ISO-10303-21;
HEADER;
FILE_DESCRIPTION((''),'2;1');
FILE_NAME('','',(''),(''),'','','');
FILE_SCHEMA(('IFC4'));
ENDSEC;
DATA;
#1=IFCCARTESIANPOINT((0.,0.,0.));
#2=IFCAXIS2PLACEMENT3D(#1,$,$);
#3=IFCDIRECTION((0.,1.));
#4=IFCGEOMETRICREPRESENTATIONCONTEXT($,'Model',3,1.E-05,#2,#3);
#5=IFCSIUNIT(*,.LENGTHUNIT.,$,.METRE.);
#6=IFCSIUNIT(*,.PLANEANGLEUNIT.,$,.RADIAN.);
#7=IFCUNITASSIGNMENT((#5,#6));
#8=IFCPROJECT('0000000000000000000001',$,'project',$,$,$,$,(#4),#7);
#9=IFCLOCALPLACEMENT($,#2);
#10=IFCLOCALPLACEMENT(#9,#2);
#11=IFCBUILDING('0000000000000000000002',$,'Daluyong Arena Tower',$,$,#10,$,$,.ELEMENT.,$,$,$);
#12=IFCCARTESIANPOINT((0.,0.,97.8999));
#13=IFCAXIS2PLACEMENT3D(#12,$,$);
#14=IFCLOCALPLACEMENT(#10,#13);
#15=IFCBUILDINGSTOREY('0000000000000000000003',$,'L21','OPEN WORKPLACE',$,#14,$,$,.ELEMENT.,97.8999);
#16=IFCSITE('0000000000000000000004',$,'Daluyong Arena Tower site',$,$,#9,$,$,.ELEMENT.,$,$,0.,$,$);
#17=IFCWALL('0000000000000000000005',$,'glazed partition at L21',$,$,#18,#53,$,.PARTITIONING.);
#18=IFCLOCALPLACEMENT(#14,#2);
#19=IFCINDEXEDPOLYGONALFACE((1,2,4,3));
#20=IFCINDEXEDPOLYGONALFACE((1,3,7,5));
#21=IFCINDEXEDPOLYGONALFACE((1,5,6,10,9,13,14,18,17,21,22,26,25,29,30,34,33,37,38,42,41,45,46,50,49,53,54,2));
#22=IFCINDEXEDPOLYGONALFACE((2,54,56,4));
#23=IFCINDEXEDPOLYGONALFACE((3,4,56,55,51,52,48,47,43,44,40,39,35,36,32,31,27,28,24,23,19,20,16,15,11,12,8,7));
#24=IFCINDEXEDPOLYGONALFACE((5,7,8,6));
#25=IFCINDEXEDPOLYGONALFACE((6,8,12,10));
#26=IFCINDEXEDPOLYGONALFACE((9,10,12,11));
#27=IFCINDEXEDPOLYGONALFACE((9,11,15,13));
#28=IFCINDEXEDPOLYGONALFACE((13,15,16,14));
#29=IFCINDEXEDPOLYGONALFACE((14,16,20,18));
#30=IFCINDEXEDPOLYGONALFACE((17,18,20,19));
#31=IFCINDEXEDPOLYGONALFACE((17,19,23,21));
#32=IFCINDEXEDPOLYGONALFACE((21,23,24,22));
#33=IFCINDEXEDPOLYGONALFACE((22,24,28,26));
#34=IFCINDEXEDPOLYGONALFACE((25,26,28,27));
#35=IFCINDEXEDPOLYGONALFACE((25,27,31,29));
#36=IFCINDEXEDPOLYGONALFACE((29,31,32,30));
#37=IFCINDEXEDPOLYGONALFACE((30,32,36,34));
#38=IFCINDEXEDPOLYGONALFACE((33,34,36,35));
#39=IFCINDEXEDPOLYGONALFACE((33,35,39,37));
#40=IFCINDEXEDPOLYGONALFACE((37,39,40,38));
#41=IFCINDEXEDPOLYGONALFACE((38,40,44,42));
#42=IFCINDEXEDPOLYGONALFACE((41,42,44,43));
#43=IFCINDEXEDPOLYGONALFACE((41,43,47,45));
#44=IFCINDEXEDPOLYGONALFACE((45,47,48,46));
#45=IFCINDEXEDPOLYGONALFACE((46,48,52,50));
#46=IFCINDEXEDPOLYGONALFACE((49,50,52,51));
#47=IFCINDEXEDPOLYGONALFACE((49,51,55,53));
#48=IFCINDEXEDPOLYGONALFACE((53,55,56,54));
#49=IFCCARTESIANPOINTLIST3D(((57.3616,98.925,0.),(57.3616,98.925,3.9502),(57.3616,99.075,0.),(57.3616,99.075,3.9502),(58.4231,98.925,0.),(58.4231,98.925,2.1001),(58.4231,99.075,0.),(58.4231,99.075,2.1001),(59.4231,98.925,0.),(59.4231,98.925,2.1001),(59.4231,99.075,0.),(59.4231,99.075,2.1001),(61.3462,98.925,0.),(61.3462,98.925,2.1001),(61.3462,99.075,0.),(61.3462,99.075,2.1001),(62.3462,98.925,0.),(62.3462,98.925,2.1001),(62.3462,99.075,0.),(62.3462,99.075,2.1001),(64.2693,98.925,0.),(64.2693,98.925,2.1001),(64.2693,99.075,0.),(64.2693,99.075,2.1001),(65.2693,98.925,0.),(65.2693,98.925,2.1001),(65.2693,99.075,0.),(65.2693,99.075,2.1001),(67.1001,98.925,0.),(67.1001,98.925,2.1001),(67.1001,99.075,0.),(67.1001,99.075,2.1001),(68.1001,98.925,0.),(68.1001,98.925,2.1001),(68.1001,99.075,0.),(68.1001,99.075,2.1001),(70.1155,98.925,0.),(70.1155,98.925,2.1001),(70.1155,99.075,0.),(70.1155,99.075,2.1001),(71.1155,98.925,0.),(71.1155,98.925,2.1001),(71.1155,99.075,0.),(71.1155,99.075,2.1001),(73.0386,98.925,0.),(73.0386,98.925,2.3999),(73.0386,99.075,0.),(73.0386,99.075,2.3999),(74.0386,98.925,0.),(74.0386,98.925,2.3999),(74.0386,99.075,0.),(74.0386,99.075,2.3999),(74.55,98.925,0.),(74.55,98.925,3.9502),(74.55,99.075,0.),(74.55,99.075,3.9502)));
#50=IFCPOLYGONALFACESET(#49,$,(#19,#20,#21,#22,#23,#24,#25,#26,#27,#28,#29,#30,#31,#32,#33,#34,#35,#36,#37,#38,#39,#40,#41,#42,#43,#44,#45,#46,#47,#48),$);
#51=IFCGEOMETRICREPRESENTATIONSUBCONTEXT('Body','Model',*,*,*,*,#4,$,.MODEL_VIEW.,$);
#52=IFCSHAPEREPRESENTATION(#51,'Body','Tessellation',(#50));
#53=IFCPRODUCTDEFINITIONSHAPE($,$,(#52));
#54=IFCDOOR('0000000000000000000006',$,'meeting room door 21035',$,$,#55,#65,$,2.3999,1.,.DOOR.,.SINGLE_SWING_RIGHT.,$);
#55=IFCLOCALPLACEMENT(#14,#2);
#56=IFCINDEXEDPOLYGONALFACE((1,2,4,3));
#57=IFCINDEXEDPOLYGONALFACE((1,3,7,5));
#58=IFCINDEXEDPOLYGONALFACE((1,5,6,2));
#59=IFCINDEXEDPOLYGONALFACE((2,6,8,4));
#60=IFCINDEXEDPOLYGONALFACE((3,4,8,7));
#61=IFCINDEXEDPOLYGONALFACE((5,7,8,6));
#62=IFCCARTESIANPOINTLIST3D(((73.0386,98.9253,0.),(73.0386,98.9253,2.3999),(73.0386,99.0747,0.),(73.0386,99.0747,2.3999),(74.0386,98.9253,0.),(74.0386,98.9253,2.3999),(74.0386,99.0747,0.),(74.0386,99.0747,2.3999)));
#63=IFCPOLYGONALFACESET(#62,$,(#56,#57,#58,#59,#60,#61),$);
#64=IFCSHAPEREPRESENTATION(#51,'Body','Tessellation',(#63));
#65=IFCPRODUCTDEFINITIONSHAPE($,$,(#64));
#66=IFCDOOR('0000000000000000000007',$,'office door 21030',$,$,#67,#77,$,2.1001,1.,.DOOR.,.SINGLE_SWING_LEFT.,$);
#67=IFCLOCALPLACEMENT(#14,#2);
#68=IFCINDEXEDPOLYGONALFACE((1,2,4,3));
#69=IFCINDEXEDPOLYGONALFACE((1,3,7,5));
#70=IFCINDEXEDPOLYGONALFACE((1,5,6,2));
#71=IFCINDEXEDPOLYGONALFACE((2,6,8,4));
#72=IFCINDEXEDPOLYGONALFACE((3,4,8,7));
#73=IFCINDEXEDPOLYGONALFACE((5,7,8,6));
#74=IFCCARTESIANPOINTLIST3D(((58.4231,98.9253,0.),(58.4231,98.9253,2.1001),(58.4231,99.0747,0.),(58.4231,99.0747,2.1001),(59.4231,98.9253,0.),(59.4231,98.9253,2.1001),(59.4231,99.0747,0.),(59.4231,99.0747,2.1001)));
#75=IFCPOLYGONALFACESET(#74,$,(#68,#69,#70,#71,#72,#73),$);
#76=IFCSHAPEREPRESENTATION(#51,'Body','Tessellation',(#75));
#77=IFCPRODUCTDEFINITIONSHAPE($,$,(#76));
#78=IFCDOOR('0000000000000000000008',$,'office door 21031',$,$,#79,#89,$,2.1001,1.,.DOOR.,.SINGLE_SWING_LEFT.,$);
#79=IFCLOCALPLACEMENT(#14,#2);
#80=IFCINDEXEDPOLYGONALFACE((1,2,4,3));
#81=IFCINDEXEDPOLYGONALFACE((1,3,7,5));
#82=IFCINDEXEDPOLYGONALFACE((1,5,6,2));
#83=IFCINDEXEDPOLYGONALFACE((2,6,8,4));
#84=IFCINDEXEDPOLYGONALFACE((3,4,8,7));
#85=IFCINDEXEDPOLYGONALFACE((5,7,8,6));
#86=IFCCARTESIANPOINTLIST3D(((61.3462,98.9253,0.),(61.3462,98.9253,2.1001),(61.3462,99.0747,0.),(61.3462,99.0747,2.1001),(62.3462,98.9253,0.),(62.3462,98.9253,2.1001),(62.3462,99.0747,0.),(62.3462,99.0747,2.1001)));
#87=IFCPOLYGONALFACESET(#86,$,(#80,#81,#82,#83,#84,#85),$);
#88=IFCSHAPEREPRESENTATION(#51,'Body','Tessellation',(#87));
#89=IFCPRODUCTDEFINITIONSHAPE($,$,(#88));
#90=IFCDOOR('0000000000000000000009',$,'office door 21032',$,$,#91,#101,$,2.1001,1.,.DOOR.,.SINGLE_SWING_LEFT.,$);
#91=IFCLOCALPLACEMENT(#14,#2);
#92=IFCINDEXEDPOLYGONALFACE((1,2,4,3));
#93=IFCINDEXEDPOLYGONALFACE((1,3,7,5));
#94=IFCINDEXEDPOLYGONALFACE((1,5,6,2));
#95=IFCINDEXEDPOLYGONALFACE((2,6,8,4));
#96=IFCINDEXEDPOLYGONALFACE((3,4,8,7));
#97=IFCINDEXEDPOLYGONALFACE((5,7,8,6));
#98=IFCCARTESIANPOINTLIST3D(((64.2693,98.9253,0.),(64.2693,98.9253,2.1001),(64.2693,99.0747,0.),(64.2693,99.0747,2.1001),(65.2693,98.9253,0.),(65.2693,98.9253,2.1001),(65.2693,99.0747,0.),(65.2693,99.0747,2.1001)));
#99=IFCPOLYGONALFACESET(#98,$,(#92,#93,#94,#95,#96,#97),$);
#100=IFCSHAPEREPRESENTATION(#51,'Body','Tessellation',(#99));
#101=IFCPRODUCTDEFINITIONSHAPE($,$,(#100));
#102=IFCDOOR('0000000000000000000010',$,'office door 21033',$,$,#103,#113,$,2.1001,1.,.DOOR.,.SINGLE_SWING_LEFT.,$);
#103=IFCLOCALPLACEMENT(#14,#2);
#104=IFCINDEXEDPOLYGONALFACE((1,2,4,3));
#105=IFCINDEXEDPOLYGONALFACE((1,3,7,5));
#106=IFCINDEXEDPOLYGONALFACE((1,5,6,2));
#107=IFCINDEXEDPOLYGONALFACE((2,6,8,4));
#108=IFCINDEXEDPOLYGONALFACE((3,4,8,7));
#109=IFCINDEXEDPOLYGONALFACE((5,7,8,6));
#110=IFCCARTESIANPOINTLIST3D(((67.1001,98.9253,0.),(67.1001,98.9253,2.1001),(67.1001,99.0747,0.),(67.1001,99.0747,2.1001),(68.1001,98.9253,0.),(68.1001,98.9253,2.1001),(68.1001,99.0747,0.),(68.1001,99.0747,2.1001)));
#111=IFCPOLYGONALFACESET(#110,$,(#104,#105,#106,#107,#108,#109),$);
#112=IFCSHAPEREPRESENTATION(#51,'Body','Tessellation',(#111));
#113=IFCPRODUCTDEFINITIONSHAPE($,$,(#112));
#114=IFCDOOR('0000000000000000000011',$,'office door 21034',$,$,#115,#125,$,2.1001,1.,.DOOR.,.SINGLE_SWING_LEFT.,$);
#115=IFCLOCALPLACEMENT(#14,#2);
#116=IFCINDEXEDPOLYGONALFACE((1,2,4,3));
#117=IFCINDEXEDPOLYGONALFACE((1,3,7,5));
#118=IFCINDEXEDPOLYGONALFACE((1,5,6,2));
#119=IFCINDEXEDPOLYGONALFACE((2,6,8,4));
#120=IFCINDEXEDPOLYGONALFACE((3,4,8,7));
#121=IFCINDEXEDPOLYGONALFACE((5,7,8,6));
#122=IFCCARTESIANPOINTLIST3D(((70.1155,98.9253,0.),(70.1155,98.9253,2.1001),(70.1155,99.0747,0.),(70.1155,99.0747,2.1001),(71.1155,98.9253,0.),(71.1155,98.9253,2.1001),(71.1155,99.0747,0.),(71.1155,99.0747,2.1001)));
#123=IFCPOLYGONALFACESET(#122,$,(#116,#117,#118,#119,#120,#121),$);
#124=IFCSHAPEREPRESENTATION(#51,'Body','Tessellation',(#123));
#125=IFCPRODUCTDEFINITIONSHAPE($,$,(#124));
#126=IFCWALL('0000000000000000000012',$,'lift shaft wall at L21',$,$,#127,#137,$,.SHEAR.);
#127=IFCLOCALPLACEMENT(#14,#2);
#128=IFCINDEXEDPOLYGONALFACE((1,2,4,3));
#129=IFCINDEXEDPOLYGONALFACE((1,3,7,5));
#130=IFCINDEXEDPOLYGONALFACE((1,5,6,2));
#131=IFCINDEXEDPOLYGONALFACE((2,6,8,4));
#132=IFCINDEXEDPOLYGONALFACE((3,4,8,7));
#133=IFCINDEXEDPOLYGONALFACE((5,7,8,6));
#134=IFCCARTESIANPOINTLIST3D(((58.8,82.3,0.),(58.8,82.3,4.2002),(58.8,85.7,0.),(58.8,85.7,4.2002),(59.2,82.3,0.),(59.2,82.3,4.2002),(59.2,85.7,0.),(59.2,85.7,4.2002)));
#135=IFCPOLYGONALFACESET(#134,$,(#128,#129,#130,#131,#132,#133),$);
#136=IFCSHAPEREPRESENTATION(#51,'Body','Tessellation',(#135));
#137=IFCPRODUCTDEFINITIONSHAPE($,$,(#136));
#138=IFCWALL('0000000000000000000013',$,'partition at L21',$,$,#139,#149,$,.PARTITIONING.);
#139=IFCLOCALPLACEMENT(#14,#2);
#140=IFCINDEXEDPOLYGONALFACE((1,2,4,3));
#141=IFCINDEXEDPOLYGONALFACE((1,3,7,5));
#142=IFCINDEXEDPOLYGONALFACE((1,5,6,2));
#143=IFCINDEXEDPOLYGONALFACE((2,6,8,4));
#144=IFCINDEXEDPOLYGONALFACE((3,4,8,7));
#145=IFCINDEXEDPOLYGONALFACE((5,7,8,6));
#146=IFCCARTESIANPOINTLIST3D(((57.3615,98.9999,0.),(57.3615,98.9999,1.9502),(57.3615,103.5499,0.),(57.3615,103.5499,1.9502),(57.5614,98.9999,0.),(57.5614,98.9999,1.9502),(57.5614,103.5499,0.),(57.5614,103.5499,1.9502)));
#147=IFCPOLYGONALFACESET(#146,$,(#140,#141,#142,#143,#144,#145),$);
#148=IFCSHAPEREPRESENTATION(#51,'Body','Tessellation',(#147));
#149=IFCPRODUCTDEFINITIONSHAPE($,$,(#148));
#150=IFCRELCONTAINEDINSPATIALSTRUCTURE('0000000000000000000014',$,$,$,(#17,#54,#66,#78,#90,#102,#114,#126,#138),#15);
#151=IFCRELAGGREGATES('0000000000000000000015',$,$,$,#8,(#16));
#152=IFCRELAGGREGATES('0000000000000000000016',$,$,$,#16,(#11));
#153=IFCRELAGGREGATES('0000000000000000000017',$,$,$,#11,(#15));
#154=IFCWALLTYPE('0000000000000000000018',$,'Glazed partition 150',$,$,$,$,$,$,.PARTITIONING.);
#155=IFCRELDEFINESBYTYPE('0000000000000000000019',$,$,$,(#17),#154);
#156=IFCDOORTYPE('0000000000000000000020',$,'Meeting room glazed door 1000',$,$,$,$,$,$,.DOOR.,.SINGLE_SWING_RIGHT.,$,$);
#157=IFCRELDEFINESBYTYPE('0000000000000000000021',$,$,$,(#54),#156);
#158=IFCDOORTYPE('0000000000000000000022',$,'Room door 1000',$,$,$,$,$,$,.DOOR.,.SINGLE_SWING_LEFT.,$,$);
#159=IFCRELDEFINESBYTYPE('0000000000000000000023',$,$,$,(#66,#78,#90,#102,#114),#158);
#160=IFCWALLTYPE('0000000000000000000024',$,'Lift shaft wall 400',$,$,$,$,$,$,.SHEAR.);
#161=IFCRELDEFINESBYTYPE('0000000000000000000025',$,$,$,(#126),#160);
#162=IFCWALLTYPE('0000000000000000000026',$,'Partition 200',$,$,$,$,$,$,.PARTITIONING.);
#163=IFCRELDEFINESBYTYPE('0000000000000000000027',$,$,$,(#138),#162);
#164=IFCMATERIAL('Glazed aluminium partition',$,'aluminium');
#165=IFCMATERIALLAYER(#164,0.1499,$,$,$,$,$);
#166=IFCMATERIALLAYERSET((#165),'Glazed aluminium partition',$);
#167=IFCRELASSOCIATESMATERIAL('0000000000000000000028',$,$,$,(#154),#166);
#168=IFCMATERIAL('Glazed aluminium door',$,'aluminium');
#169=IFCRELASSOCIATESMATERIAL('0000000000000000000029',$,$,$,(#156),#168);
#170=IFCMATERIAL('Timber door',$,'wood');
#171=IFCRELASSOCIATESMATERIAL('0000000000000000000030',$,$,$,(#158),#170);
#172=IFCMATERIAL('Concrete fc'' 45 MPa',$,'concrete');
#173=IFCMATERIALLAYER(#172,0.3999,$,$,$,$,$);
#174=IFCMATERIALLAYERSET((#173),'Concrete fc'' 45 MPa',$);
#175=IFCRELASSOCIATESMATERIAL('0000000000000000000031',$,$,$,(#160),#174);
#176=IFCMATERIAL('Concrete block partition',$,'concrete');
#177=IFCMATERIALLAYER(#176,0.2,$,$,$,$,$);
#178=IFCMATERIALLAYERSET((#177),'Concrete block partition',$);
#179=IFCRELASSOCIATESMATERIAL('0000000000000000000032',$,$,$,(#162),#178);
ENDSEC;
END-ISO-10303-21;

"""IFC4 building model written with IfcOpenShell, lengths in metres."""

from ifc_helpers import new_model, si_unit, direction, frame, frame_2d, origin, place, context, subcontext, project, spatial, rectangle, extrude, material, layer, layer_set, type_object, element, fill, save


model = new_model("IFC4")

# Units and contexts
model_context = context("Model", 3, precision=1e-05, world=origin(), true_north=direction((0.0, 1.0)))
body_context = subcontext(model_context, "Body", "Model", "MODEL_VIEW")
ifc_project = project(units=[si_unit("LENGTHUNIT", "METRE"), si_unit("PLANEANGLEUNIT", "RADIAN")], contexts=[model_context])

# Site, building, storey
site_placement = place(None, origin())
site = spatial("IfcSite", under=ifc_project, at=site_placement, Name="Daluyong Arena Tower site", CompositionType="ELEMENT", RefElevation=0.0)
building_placement = place(site_placement, origin())
building = spatial("IfcBuilding", under=site, at=building_placement, Name="Daluyong Arena Tower", CompositionType="ELEMENT")
storey_placement = place(building_placement, frame((0.0, 0.0, 97.8999)))
storey = spatial("IfcBuildingStorey", under=building, at=storey_placement, Name="L21", Description="OPEN WORKPLACE", CompositionType="ELEMENT", Elevation=97.8999)

# Wall, openings, doors
ifc_material_1 = material(Name="Glazed aluminium partition", Category="aluminium")
ifc_layer_1 = layer(ifc_material_1, 0.1499)
ifc_layer_set_1 = layer_set([ifc_layer_1], Name="Glazed aluminium partition")
wall_type_1 = type_object("IfcWallType", Name="Glazed partition 150", PredefinedType="PARTITIONING", material=ifc_layer_set_1)
wall_1_placement = place(storey_placement, frame((57.3616, 99.0, 0.0), z_axis=(0.0, 0.0, 1.0), x_axis=(1.0, 0.0, 0.0)))
wall_1 = element("IfcWall", 1, at=wall_1_placement, inside=storey, type_object=wall_type_1, Name="glazed partition at L21", PredefinedType="PARTITIONING", context=body_context, shape_type="SweptSolid", body=[
    extrude(rectangle(XDim=17.1885, YDim=0.1499, at=frame_2d((8.5942, 0.0))), origin(), (0.0, 0.0, 1.0), 3.9502),
])
opening_1_placement = place(wall_1_placement, frame((1.0615, 0.0, 0.0)))
opening_1 = element("IfcOpeningElement", 2, at=opening_1_placement, cuts=wall_1, PredefinedType="OPENING", context=body_context, shape_type="SweptSolid", body=[
    extrude(rectangle(XDim=1.0, YDim=2.1001, at=frame_2d((0.5, 1.05))), frame((0.0, 0.085, 0.0), z_axis=(0.0, -1.0, 0.0), x_axis=(1.0, 0.0, 0.0)), (0.0, 0.0, 1.0), 0.1699),
])
opening_2_placement = place(wall_1_placement, frame((3.9846, 0.0, 0.0)))
opening_2 = element("IfcOpeningElement", 3, at=opening_2_placement, cuts=wall_1, PredefinedType="OPENING", context=body_context, shape_type="SweptSolid", body=[
    extrude(rectangle(XDim=1.0, YDim=2.1001, at=frame_2d((0.5, 1.05))), frame((0.0, 0.085, 0.0), z_axis=(0.0, -1.0, 0.0), x_axis=(1.0, 0.0, 0.0)), (0.0, 0.0, 1.0), 0.1699),
])
opening_3_placement = place(wall_1_placement, frame((6.9077, 0.0, 0.0)))
opening_3 = element("IfcOpeningElement", 4, at=opening_3_placement, cuts=wall_1, PredefinedType="OPENING", context=body_context, shape_type="SweptSolid", body=[
    extrude(rectangle(XDim=1.0, YDim=2.1001, at=frame_2d((0.5, 1.05))), frame((0.0, 0.085, 0.0), z_axis=(0.0, -1.0, 0.0), x_axis=(1.0, 0.0, 0.0)), (0.0, 0.0, 1.0), 0.1699),
])
opening_4_placement = place(wall_1_placement, frame((9.7385, 0.0, 0.0)))
opening_4 = element("IfcOpeningElement", 5, at=opening_4_placement, cuts=wall_1, PredefinedType="OPENING", context=body_context, shape_type="SweptSolid", body=[
    extrude(rectangle(XDim=1.0, YDim=2.1001, at=frame_2d((0.5, 1.05))), frame((0.0, 0.085, 0.0), z_axis=(0.0, -1.0, 0.0), x_axis=(1.0, 0.0, 0.0)), (0.0, 0.0, 1.0), 0.1699),
])
opening_5_placement = place(wall_1_placement, frame((12.7539, 0.0, 0.0)))
opening_5 = element("IfcOpeningElement", 6, at=opening_5_placement, cuts=wall_1, PredefinedType="OPENING", context=body_context, shape_type="SweptSolid", body=[
    extrude(rectangle(XDim=1.0, YDim=2.1001, at=frame_2d((0.5, 1.05))), frame((0.0, 0.085, 0.0), z_axis=(0.0, -1.0, 0.0), x_axis=(1.0, 0.0, 0.0)), (0.0, 0.0, 1.0), 0.1699),
])
opening_6_placement = place(wall_1_placement, frame((15.677, 0.0, 0.0)))
opening_6 = element("IfcOpeningElement", 7, at=opening_6_placement, cuts=wall_1, PredefinedType="OPENING", context=body_context, shape_type="SweptSolid", body=[
    extrude(rectangle(XDim=1.0, YDim=2.3999, at=frame_2d((0.5, 1.2))), frame((0.0, 0.085, 0.0), z_axis=(0.0, -1.0, 0.0), x_axis=(1.0, 0.0, 0.0)), (0.0, 0.0, 1.0), 0.1699),
])
ifc_material_2 = material(Name="Glazed aluminium door", Category="aluminium")
door_type_1 = type_object("IfcDoorType", Name="Meeting room glazed door 1000", OperationType="SINGLE_SWING_RIGHT", PredefinedType="DOOR", material=ifc_material_2)
door_1_placement = place(opening_6_placement, origin())
door_1 = element("IfcDoor", 8, at=door_1_placement, inside=storey, type_object=door_type_1, Name="meeting room door 21035", OperationType="SINGLE_SWING_RIGHT", OverallHeight=2.3999, OverallWidth=1.0, PredefinedType="DOOR", context=body_context, shape_type="SweptSolid", body=[
    extrude(rectangle(XDim=1.0, YDim=2.3999, at=frame_2d((0.5, 1.2))), frame((0.0, 0.0747, 0.0), z_axis=(0.0, -1.0, 0.0), x_axis=(1.0, 0.0, 0.0)), (0.0, 0.0, 1.0), 0.1494),
])
fill(opening_6, door_1)
ifc_material_3 = material(Name="Timber door", Category="wood")
door_type_2 = type_object("IfcDoorType", Name="Room door 1000", OperationType="SINGLE_SWING_LEFT", PredefinedType="DOOR", material=ifc_material_3)
door_2_placement = place(opening_1_placement, origin())
door_2 = element("IfcDoor", 9, at=door_2_placement, inside=storey, type_object=door_type_2, Name="office door 21030", OperationType="SINGLE_SWING_LEFT", OverallHeight=2.1001, OverallWidth=1.0, PredefinedType="DOOR", context=body_context, shape_type="SweptSolid", body=[
    extrude(rectangle(XDim=1.0, YDim=2.1001, at=frame_2d((0.5, 1.05))), frame((0.0, 0.0747, 0.0), z_axis=(0.0, -1.0, 0.0), x_axis=(1.0, 0.0, 0.0)), (0.0, 0.0, 1.0), 0.1494),
])
fill(opening_1, door_2)
door_3_placement = place(opening_2_placement, origin())
door_3 = element("IfcDoor", 10, at=door_3_placement, inside=storey, type_object=door_type_2, Name="office door 21031", OperationType="SINGLE_SWING_LEFT", OverallHeight=2.1001, OverallWidth=1.0, PredefinedType="DOOR", context=body_context, shape_type="SweptSolid", body=[
    extrude(rectangle(XDim=1.0, YDim=2.1001, at=frame_2d((0.5, 1.05))), frame((0.0, 0.0747, 0.0), z_axis=(0.0, -1.0, 0.0), x_axis=(1.0, 0.0, 0.0)), (0.0, 0.0, 1.0), 0.1494),
])
fill(opening_2, door_3)
door_4_placement = place(opening_3_placement, origin())
door_4 = element("IfcDoor", 11, at=door_4_placement, inside=storey, type_object=door_type_2, Name="office door 21032", OperationType="SINGLE_SWING_LEFT", OverallHeight=2.1001, OverallWidth=1.0, PredefinedType="DOOR", context=body_context, shape_type="SweptSolid", body=[
    extrude(rectangle(XDim=1.0, YDim=2.1001, at=frame_2d((0.5, 1.05))), frame((0.0, 0.0747, 0.0), z_axis=(0.0, -1.0, 0.0), x_axis=(1.0, 0.0, 0.0)), (0.0, 0.0, 1.0), 0.1494),
])
fill(opening_3, door_4)
door_5_placement = place(opening_4_placement, origin())
door_5 = element("IfcDoor", 12, at=door_5_placement, inside=storey, type_object=door_type_2, Name="office door 21033", OperationType="SINGLE_SWING_LEFT", OverallHeight=2.1001, OverallWidth=1.0, PredefinedType="DOOR", context=body_context, shape_type="SweptSolid", body=[
    extrude(rectangle(XDim=1.0, YDim=2.1001, at=frame_2d((0.5, 1.05))), frame((0.0, 0.0747, 0.0), z_axis=(0.0, -1.0, 0.0), x_axis=(1.0, 0.0, 0.0)), (0.0, 0.0, 1.0), 0.1494),
])
fill(opening_4, door_5)
door_6_placement = place(opening_5_placement, origin())
door_6 = element("IfcDoor", 13, at=door_6_placement, inside=storey, type_object=door_type_2, Name="office door 21034", OperationType="SINGLE_SWING_LEFT", OverallHeight=2.1001, OverallWidth=1.0, PredefinedType="DOOR", context=body_context, shape_type="SweptSolid", body=[
    extrude(rectangle(XDim=1.0, YDim=2.1001, at=frame_2d((0.5, 1.05))), frame((0.0, 0.0747, 0.0), z_axis=(0.0, -1.0, 0.0), x_axis=(1.0, 0.0, 0.0)), (0.0, 0.0, 1.0), 0.1494),
])
fill(opening_5, door_6)

# Walls
ifc_material_4 = material(Name="Concrete fc' 45 MPa", Category="concrete")
ifc_layer_2 = layer(ifc_material_4, 0.3999)
ifc_layer_set_2 = layer_set([ifc_layer_2], Name="Concrete fc' 45 MPa")
wall_type_2 = type_object("IfcWallType", Name="Lift shaft wall 400", PredefinedType="SHEAR", material=ifc_layer_set_2)
wall_2_placement = place(storey_placement, frame((59.0, 82.3, 0.0), z_axis=(0.0, 0.0, 1.0), x_axis=(0.0, 1.0, 0.0)))
element("IfcWall", 14, at=wall_2_placement, inside=storey, type_object=wall_type_2, Name="lift shaft wall at L21", PredefinedType="SHEAR", context=body_context, shape_type="SweptSolid", body=[
    extrude(rectangle(XDim=3.3999, YDim=0.3999, at=frame_2d((1.7, 0.0))), origin(), (0.0, 0.0, 1.0), 4.2002),
])
ifc_material_5 = material(Name="Concrete block partition", Category="concrete")
ifc_layer_3 = layer(ifc_material_5, 0.2)
ifc_layer_set_3 = layer_set([ifc_layer_3], Name="Concrete block partition")
wall_type_3 = type_object("IfcWallType", Name="Partition 200", PredefinedType="PARTITIONING", material=ifc_layer_set_3)
wall_3_placement = place(storey_placement, frame((57.4614, 99.0, 0.0), z_axis=(0.0, 0.0, 1.0), x_axis=(0.0, 1.0, 0.0)))
element("IfcWall", 15, at=wall_3_placement, inside=storey, type_object=wall_type_3, Name="partition at L21", PredefinedType="PARTITIONING", context=body_context, shape_type="SweptSolid", body=[
    extrude(rectangle(XDim=4.55, YDim=0.2, at=frame_2d((2.2749, 0.0))), origin(), (0.0, 0.0, 1.0), 1.9502),
])

save(model, "model.ifc")
